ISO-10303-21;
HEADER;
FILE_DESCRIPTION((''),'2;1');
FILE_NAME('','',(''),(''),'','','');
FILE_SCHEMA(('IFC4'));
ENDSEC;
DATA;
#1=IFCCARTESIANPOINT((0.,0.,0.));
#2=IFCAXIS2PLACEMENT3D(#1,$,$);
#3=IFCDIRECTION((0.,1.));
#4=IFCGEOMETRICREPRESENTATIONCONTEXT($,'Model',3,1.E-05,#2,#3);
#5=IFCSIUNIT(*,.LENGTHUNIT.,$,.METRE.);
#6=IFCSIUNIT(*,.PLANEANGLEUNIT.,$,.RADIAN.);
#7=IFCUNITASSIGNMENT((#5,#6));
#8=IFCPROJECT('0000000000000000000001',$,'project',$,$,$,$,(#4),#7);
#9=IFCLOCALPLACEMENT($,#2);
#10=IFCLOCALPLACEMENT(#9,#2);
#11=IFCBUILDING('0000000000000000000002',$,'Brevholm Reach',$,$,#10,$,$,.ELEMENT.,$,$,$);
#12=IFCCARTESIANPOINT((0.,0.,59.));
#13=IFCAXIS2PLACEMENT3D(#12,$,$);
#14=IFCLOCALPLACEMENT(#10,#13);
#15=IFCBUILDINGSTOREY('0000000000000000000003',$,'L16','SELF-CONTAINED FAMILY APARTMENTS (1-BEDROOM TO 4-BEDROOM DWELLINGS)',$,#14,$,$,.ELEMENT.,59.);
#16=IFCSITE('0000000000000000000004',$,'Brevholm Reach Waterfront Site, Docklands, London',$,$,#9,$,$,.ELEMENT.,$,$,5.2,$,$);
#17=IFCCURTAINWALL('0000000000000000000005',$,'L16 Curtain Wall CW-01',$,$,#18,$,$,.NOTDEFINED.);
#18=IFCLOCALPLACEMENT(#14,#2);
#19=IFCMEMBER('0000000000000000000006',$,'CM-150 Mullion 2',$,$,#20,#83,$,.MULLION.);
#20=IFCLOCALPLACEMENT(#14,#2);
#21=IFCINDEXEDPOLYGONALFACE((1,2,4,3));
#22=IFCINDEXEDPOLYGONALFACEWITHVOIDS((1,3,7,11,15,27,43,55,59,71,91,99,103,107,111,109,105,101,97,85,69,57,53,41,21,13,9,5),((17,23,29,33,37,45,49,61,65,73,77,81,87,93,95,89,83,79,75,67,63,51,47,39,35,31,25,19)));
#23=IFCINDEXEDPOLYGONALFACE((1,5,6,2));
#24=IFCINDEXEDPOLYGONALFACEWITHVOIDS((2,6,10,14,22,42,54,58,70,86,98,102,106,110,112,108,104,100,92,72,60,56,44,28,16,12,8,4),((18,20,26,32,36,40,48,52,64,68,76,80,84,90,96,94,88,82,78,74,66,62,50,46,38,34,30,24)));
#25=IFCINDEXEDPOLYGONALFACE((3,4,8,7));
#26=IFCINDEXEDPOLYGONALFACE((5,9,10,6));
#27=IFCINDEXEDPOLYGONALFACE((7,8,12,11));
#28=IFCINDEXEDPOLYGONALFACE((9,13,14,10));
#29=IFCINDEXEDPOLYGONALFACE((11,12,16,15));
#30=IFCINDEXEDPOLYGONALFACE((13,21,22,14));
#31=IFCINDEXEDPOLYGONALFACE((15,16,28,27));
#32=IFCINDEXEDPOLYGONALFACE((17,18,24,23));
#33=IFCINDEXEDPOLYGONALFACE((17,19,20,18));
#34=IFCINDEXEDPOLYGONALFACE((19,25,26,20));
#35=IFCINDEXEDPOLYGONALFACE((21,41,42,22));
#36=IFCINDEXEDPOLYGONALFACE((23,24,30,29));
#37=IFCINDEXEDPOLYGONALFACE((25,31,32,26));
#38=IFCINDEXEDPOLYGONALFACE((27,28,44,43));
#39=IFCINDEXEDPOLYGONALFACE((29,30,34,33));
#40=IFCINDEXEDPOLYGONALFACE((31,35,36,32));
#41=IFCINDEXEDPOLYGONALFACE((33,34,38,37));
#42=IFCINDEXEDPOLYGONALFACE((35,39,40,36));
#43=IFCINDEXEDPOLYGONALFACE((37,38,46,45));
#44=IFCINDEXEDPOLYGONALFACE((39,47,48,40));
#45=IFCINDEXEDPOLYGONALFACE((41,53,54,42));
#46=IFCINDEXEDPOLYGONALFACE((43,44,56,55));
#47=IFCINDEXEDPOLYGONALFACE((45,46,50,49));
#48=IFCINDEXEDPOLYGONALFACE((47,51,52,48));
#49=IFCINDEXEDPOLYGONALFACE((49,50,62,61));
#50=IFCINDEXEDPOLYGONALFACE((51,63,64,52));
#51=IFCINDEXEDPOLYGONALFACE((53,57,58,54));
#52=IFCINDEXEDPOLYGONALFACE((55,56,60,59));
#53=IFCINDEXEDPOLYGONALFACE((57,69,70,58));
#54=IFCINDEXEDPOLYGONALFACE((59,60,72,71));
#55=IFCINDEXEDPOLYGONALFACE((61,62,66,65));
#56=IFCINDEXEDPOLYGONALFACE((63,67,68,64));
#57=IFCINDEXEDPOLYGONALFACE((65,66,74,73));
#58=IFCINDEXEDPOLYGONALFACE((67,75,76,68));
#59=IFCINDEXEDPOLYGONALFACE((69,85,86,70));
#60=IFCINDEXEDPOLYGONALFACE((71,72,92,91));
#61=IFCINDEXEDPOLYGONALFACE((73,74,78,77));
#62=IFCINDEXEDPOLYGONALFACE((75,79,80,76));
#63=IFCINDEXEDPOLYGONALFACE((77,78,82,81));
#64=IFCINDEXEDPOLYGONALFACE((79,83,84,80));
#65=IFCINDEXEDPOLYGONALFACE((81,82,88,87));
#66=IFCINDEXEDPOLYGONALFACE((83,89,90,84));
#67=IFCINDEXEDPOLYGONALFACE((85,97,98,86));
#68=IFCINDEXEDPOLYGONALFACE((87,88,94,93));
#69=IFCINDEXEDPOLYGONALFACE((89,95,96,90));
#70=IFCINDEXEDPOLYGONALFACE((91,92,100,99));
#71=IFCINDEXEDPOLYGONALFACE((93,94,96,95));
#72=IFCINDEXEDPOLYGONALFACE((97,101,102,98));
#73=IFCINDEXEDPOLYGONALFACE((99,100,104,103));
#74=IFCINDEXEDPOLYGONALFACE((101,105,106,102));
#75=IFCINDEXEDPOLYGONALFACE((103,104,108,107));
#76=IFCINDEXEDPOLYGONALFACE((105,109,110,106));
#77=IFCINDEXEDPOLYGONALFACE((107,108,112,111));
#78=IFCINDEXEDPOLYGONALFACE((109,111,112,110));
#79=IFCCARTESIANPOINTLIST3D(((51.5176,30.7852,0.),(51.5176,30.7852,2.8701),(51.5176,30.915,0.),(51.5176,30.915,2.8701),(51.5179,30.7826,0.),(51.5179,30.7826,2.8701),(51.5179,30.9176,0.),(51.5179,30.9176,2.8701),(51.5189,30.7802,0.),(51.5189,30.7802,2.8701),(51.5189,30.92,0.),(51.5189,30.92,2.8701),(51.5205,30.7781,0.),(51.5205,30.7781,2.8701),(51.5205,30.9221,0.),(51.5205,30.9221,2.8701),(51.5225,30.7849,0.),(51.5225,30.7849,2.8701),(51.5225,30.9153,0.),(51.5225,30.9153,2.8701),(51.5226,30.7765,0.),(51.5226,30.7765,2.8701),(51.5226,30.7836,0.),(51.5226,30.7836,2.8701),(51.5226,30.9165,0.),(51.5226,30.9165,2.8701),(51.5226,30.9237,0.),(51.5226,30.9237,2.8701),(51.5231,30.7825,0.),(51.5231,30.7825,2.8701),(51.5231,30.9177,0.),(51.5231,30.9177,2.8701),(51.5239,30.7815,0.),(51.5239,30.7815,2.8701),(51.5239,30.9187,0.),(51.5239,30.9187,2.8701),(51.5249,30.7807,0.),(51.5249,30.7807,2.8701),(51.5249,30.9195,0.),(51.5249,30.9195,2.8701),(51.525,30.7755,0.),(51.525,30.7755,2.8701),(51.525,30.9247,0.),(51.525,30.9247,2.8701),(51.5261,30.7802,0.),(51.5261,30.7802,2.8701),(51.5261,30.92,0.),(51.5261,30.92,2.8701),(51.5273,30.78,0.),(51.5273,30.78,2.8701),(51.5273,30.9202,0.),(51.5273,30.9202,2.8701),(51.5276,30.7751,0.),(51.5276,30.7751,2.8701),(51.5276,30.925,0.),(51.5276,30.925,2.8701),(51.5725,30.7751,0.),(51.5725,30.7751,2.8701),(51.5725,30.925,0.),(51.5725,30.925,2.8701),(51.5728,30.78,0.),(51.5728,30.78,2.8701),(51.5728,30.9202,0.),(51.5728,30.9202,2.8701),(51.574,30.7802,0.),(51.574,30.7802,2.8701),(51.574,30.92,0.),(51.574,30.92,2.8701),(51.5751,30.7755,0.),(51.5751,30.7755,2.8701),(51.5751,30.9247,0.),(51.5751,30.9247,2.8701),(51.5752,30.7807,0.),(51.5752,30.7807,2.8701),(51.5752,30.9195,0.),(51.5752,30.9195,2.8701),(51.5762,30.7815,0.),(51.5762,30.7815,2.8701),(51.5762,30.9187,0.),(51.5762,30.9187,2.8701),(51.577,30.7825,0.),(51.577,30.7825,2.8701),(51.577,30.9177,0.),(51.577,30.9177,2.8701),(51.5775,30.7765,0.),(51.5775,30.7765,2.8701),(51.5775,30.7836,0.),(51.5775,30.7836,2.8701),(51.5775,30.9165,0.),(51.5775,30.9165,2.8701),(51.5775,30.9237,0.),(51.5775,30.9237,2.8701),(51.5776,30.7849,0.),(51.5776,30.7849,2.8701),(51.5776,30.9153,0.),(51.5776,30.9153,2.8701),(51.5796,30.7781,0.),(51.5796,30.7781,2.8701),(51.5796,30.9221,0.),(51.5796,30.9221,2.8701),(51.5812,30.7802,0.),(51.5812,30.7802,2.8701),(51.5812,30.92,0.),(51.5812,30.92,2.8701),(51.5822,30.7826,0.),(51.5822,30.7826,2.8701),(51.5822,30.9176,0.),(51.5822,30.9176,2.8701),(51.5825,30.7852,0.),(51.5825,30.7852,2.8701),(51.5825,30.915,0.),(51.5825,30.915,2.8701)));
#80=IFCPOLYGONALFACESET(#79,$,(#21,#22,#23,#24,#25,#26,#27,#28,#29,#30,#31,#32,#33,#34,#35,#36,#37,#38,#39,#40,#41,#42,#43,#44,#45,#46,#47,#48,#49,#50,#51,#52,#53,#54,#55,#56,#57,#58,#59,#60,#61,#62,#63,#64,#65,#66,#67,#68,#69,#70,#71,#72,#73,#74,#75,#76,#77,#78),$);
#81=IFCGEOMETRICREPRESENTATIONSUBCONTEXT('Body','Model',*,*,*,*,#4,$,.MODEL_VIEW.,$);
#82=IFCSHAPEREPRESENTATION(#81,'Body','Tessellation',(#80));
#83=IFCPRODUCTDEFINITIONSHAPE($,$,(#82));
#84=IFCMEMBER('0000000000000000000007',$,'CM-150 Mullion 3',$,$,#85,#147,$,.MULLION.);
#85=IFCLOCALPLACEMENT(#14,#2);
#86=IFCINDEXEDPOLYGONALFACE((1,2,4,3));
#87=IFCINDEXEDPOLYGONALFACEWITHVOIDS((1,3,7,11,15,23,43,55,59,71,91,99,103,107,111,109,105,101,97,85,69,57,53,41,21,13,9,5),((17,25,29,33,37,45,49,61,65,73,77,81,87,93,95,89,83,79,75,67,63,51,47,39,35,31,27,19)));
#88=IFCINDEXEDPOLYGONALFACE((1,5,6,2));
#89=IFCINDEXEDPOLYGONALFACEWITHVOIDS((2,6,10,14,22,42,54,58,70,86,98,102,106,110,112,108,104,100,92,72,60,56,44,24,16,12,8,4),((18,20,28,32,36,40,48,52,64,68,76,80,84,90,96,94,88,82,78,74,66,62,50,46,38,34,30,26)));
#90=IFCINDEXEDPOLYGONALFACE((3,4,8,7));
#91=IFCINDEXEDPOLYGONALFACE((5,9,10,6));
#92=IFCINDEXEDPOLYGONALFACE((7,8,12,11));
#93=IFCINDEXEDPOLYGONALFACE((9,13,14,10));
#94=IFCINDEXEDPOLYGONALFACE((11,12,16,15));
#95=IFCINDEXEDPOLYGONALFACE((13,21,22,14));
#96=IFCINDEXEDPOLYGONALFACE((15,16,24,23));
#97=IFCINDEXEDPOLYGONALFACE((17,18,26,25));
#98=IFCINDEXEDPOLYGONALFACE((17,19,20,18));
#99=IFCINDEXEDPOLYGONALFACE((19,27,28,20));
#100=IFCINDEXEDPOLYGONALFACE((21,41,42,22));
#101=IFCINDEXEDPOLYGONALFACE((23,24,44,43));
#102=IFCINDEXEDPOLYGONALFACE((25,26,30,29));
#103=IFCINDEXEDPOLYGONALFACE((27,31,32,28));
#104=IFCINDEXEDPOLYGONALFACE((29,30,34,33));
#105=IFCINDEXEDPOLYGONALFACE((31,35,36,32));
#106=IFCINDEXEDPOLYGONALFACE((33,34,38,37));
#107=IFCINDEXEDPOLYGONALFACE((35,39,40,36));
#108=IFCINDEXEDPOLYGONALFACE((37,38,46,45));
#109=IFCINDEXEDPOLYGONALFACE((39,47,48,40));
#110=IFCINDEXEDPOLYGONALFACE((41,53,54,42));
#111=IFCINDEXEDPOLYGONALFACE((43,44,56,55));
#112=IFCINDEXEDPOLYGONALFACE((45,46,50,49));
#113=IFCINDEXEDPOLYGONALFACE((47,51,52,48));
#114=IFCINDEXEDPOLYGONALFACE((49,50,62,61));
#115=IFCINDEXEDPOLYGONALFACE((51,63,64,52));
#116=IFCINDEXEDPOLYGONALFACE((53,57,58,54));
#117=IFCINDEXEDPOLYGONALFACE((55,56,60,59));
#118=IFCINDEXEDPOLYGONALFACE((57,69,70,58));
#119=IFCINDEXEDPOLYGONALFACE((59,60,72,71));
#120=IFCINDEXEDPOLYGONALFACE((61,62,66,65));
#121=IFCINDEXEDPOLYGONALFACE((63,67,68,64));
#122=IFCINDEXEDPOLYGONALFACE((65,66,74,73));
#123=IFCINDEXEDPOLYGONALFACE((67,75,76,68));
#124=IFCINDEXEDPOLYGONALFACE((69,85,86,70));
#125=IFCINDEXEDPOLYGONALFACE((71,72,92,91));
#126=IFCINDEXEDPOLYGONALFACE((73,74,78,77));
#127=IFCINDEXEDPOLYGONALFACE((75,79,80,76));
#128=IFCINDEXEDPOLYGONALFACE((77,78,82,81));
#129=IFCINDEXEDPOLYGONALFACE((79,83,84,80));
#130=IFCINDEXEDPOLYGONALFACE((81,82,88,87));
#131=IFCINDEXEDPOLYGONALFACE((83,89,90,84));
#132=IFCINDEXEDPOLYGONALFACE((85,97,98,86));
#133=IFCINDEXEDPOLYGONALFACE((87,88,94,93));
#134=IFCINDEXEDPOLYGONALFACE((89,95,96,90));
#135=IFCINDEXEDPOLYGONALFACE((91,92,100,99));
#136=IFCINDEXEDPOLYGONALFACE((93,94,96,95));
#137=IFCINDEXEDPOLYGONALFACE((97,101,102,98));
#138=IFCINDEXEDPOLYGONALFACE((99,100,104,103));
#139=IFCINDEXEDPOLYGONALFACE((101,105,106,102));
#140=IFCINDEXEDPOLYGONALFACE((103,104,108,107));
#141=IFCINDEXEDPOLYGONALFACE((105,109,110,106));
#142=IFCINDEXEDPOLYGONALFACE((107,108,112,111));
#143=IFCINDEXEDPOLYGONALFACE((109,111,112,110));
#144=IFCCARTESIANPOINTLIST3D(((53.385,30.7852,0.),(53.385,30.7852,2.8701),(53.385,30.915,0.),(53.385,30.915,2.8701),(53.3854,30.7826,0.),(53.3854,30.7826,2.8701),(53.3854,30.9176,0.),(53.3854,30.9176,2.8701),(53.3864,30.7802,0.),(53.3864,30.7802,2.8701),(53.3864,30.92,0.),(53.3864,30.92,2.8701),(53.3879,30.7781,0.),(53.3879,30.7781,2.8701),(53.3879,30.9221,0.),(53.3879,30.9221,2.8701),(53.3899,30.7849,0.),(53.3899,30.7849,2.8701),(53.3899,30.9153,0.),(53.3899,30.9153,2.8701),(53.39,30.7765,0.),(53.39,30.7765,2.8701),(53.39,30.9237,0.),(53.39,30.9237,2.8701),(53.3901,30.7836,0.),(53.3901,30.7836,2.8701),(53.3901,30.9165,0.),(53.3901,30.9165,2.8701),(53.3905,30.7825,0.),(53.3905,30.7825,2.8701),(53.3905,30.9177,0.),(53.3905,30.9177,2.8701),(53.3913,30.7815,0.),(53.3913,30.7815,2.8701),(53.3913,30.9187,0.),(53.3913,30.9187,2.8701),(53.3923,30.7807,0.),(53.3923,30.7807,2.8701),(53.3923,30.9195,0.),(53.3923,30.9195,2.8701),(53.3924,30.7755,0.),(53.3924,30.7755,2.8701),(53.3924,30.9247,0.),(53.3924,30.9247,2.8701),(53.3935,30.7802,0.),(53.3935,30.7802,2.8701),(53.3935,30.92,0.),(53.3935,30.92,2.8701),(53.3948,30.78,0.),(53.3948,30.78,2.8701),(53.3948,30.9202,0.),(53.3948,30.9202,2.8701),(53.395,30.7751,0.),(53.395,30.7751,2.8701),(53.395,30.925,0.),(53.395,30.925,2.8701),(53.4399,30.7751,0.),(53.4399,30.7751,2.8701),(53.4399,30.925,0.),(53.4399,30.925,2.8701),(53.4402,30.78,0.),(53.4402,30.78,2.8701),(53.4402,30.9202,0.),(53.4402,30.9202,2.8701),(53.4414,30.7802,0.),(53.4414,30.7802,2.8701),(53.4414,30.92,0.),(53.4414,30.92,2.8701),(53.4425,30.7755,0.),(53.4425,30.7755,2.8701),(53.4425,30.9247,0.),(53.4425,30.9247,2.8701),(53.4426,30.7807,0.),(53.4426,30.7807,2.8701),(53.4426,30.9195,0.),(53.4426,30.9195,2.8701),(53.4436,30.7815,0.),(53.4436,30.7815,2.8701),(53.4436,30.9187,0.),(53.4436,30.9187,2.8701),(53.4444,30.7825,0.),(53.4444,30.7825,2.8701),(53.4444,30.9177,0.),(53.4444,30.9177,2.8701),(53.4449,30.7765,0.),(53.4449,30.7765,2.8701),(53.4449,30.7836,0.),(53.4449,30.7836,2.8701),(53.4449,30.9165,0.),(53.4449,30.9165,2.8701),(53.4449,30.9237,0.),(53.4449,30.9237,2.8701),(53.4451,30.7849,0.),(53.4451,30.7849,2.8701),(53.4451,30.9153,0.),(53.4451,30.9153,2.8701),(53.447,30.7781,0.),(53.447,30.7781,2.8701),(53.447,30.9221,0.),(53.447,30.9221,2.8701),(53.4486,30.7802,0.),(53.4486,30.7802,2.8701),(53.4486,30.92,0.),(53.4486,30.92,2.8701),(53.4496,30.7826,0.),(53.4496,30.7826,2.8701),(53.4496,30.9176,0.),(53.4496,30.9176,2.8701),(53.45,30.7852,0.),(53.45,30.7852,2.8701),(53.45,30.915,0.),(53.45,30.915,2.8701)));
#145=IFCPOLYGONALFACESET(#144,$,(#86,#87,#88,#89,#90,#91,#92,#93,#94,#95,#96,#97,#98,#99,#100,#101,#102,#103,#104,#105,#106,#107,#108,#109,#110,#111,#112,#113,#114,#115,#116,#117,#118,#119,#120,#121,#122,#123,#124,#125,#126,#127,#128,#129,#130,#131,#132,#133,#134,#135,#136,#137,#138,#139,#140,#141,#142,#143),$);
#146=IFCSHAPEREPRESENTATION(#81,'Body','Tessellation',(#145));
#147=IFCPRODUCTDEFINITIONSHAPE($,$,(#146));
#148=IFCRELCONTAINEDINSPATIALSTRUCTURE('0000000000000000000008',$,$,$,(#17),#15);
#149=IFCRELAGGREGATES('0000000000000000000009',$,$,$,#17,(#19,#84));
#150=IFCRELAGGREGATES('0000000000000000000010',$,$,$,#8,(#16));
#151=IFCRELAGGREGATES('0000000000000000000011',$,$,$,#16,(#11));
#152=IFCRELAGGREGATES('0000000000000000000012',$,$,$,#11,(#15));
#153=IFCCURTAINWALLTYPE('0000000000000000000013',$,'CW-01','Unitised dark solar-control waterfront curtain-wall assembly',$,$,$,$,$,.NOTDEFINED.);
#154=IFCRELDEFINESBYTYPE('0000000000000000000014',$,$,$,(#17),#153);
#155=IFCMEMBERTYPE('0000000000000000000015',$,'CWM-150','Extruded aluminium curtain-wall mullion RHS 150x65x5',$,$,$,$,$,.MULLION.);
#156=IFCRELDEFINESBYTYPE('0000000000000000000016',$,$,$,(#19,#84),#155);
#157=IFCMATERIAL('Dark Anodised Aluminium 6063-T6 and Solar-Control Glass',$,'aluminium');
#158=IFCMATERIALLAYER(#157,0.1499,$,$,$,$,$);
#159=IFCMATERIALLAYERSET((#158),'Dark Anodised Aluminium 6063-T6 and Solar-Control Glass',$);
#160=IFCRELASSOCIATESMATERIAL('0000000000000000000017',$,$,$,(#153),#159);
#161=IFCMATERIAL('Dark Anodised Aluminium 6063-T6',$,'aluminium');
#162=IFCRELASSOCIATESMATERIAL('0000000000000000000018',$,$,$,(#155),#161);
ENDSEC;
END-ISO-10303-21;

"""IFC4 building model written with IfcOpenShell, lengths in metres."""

from ifc_helpers import new_model, si_unit, direction, frame, origin, origin_2d, place, context, subcontext, project, spatial, hollow_rectangle, extrude, material, layer, layer_set, material_profile, profile_set, type_object, element, aggregate, save


model = new_model("IFC4")

# Units and contexts
model_context = context("Model", 3, precision=1e-05, world=origin(), true_north=direction((0.0, 1.0)))
body_context = subcontext(model_context, "Body", "Model", "MODEL_VIEW")
ifc_project = project(units=[si_unit("LENGTHUNIT", "METRE"), si_unit("PLANEANGLEUNIT", "RADIAN")], contexts=[model_context])

# Site, building, storey
site_placement = place(None, origin())
site = spatial("IfcSite", under=ifc_project, at=site_placement, Name="Brevholm Reach Waterfront Site, Docklands, London", CompositionType="ELEMENT", RefElevation=5.2)
building_placement = place(site_placement, origin())
building = spatial("IfcBuilding", under=site, at=building_placement, Name="Brevholm Reach", CompositionType="ELEMENT")
storey_placement = place(building_placement, frame((0.0, 0.0, 59.0)))
storey = spatial("IfcBuildingStorey", under=building, at=storey_placement, Name="L16", Description="SELF-CONTAINED FAMILY APARTMENTS (1-BEDROOM TO 4-BEDROOM DWELLINGS)", CompositionType="ELEMENT", Elevation=59.0)

# Shared definitions
ifc_material_1 = material(Name="Dark Anodised Aluminium 6063-T6 and Solar-Control Glass", Category="aluminium")
ifc_layer_1 = layer(ifc_material_1, 0.1499)
ifc_layer_set_1 = layer_set([ifc_layer_1], Name="Dark Anodised Aluminium 6063-T6 and Solar-Control Glass")
curtain_wall_type = type_object("IfcCurtainWallType", Name="CW-01", Description="Unitised dark solar-control waterfront curtain-wall assembly", PredefinedType="NOTDEFINED", material=ifc_layer_set_1)
ifc_material_2 = material(Name="Dark Anodised Aluminium 6063-T6", Category="aluminium")
ifc_material_profile_1 = material_profile(ifc_material_2, hollow_rectangle(XDim=0.0649, YDim=0.1499, WallThickness=0.0049, InnerFilletRadius=0.0049, OuterFilletRadius=0.01, at=origin_2d()), Name="RHS 150x65x5")
ifc_profile_set_1 = profile_set([ifc_material_profile_1], Name="Dark Anodised Aluminium 6063-T6")
member_type_1 = type_object("IfcMemberType", Name="CWM-150", Description="Extruded aluminium curtain-wall mullion RHS 150x65x5", PredefinedType="MULLION", material=ifc_profile_set_1)

# Curtain wall, members
curtain_wall_1_placement = place(storey_placement, origin())
curtain_wall_1 = element("IfcCurtainWall", 1, at=curtain_wall_1_placement, inside=storey, type_object=curtain_wall_type, Name="L16 Curtain Wall CW-01", PredefinedType="NOTDEFINED")
member_1_placement = place(storey_placement, frame((51.55, 30.8501, 0.0), z_axis=(0.0, 0.0, 1.0), x_axis=(1.0, 0.0, 0.0)))
member_1 = element("IfcMember", 2, at=member_1_placement, type_object=member_type_1, Name="CM-150 Mullion 2", PredefinedType="MULLION", context=body_context, shape_type="SweptSolid", body=[
    extrude(hollow_rectangle(XDim=0.0649, YDim=0.1499, WallThickness=0.0049, InnerFilletRadius=0.0049, OuterFilletRadius=0.01, at=origin_2d()), origin(), (0.0, 0.0, 1.0), 2.8701),
])
member_2_placement = place(storey_placement, frame((53.4175, 30.8501, 0.0), z_axis=(0.0, 0.0, 1.0), x_axis=(1.0, 0.0, 0.0)))
member_2 = element("IfcMember", 3, at=member_2_placement, type_object=member_type_1, Name="CM-150 Mullion 3", PredefinedType="MULLION", context=body_context, shape_type="SweptSolid", body=[
    extrude(hollow_rectangle(XDim=0.0649, YDim=0.1499, WallThickness=0.0049, InnerFilletRadius=0.0049, OuterFilletRadius=0.01, at=origin_2d()), origin(), (0.0, 0.0, 1.0), 2.8701),
])

aggregate(curtain_wall_1, [member_1, member_2])

save(model, "model.ifc")
